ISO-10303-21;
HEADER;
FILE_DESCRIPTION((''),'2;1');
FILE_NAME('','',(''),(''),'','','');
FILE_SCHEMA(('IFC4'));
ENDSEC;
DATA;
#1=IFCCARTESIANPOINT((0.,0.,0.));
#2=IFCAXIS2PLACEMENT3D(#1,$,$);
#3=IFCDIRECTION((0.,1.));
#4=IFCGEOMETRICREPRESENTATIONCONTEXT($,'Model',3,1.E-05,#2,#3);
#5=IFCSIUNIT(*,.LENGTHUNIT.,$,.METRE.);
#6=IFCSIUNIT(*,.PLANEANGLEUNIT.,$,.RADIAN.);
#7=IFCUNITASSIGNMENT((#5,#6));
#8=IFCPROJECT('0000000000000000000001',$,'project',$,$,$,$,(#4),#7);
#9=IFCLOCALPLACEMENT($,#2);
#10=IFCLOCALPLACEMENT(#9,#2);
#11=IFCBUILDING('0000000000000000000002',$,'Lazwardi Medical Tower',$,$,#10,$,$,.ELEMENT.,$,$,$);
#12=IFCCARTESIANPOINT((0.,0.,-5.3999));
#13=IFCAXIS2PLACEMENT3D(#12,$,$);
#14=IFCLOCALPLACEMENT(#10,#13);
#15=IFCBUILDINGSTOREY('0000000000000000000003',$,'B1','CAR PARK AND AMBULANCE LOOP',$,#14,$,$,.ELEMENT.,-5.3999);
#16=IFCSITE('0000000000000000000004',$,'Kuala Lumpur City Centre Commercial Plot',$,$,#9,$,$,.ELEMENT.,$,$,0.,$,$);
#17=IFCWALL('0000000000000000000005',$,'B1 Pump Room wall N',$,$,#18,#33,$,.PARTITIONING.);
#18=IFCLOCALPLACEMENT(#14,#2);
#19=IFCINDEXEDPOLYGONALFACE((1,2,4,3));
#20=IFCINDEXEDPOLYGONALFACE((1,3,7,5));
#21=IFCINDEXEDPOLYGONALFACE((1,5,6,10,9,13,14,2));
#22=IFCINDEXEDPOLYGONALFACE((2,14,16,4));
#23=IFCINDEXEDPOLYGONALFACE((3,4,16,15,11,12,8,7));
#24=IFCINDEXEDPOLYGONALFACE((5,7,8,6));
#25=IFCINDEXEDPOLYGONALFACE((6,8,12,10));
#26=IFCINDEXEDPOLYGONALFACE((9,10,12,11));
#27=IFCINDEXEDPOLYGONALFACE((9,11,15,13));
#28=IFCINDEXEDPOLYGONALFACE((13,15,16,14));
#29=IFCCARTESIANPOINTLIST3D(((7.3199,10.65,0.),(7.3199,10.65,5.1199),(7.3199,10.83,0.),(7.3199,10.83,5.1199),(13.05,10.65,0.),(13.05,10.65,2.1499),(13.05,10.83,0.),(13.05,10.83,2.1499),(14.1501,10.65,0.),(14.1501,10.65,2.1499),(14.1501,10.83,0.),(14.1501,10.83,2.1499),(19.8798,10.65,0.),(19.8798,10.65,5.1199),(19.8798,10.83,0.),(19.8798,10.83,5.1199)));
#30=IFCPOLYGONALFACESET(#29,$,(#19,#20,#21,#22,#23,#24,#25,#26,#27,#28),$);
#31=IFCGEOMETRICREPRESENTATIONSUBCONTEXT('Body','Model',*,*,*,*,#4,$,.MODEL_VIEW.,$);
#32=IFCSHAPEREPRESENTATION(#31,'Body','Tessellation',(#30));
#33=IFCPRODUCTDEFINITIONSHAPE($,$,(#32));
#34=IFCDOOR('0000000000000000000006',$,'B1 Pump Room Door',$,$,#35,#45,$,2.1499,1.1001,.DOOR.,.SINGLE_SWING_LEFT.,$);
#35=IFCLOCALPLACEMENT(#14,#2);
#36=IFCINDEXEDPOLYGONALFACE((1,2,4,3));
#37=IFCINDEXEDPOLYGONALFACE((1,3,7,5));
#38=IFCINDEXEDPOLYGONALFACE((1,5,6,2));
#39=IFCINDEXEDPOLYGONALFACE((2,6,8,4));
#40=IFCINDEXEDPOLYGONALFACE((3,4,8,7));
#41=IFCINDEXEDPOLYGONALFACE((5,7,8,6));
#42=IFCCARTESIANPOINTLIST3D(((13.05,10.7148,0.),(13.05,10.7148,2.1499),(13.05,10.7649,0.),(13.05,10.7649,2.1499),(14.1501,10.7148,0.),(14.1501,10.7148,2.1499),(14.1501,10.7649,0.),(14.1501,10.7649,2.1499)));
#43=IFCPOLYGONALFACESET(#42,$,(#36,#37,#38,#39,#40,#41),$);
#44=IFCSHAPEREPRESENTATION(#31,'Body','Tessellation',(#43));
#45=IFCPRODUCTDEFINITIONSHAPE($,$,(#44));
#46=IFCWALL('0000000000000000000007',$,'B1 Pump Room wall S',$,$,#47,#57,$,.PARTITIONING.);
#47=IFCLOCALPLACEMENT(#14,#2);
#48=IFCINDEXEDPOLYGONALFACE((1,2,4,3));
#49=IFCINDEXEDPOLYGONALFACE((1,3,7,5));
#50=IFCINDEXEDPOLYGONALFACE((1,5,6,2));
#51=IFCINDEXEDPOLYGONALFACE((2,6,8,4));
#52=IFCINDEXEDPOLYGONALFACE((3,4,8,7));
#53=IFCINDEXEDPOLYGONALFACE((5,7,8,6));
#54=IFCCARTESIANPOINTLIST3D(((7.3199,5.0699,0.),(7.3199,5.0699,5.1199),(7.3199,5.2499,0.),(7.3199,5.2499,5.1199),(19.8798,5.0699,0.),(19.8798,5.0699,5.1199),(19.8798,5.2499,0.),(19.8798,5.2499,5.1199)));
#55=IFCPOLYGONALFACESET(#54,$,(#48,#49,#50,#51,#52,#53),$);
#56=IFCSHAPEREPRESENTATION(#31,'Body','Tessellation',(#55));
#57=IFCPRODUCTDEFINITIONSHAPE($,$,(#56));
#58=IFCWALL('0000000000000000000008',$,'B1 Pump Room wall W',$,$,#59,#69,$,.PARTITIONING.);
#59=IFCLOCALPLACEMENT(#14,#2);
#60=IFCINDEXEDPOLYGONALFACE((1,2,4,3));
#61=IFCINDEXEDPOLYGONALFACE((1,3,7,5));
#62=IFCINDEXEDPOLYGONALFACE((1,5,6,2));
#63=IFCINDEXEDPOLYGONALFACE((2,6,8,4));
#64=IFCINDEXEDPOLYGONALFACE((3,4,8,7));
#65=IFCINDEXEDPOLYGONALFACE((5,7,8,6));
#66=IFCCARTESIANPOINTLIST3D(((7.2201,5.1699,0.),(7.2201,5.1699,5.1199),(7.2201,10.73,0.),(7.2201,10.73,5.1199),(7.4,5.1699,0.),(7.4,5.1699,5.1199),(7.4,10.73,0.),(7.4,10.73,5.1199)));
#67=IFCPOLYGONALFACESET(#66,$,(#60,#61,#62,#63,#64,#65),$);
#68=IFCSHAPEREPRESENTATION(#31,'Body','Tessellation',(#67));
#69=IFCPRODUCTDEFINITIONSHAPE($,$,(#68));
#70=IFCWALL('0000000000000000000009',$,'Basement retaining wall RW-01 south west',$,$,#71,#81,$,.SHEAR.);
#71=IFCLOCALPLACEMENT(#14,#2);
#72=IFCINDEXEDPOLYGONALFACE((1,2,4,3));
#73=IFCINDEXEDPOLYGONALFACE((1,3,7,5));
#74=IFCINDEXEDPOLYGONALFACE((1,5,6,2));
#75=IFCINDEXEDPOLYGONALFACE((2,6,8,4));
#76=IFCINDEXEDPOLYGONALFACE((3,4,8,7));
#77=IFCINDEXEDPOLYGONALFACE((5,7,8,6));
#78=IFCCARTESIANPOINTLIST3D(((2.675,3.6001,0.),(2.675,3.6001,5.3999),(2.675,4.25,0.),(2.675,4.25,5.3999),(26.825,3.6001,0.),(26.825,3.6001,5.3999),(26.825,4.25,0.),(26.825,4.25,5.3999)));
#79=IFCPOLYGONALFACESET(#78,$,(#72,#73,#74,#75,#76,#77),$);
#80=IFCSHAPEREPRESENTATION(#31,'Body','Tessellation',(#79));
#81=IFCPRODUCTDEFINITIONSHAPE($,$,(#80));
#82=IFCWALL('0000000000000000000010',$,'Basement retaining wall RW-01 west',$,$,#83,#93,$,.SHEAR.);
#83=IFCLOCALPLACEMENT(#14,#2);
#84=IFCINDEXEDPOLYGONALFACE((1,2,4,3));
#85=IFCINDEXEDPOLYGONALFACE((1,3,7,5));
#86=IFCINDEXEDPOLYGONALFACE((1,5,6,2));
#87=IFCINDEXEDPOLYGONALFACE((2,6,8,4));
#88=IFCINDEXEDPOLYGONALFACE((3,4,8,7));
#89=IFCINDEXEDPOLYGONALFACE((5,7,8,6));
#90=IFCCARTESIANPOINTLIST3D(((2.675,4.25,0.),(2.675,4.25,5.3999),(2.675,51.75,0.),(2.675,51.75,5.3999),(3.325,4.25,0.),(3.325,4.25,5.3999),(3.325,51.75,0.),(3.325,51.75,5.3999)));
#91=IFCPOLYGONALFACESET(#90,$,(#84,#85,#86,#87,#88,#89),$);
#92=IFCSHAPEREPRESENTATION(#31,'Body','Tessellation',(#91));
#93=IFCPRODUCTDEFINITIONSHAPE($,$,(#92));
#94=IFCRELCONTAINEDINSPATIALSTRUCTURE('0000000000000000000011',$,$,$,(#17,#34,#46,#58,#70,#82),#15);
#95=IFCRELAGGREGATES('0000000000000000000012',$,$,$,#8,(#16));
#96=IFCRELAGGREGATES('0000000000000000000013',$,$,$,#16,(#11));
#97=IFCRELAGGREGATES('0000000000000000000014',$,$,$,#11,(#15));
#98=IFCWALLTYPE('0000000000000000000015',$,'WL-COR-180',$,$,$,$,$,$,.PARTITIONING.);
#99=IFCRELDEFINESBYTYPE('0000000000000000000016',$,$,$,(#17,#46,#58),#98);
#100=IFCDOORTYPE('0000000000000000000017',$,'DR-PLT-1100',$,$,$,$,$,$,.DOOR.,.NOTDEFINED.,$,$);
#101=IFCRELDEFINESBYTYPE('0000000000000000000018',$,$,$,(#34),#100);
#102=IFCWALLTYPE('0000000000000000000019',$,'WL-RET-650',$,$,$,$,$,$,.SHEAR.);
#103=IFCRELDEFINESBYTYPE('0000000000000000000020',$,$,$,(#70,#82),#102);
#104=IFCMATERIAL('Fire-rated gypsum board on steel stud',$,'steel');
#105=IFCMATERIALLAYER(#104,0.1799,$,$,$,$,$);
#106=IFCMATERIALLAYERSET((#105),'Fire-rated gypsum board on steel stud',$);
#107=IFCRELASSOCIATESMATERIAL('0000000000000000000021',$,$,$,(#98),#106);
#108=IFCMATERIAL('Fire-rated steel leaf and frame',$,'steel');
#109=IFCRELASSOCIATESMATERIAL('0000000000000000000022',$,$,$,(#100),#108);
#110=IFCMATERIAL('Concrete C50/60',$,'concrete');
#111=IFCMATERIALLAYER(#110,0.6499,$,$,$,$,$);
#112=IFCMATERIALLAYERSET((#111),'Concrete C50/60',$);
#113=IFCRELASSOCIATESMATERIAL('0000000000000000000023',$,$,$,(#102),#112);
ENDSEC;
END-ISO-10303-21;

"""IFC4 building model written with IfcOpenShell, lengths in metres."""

from ifc_helpers import new_model, si_unit, direction, frame, frame_2d, origin, place, context, subcontext, project, spatial, rectangle, extrude, material, layer, layer_set, type_object, element, fill, save


model = new_model("IFC4")

# Units and contexts
model_context = context("Model", 3, precision=1e-05, world=origin(), true_north=direction((0.0, 1.0)))
body_context = subcontext(model_context, "Body", "Model", "MODEL_VIEW")
ifc_project = project(units=[si_unit("LENGTHUNIT", "METRE"), si_unit("PLANEANGLEUNIT", "RADIAN")], contexts=[model_context])

# Site, building, storey
site_placement = place(None, origin())
site = spatial("IfcSite", under=ifc_project, at=site_placement, Name="Kuala Lumpur City Centre Commercial Plot", CompositionType="ELEMENT", RefElevation=0.0)
building_placement = place(site_placement, origin())
building = spatial("IfcBuilding", under=site, at=building_placement, Name="Lazwardi Medical Tower", CompositionType="ELEMENT")
storey_placement = place(building_placement, frame((0.0, 0.0, -5.3999)))
storey = spatial("IfcBuildingStorey", under=building, at=storey_placement, Name="B1", Description="CAR PARK AND AMBULANCE LOOP", CompositionType="ELEMENT", Elevation=-5.3999)

# Shared definitions
ifc_material_1 = material(Name="Concrete C50/60", Category="concrete")

# Wall, opening, door
ifc_material_2 = material(Name="Fire-rated gypsum board on steel stud", Category="steel")
ifc_layer_1 = layer(ifc_material_2, 0.1799)
ifc_layer_set_1 = layer_set([ifc_layer_1], Name="Fire-rated gypsum board on steel stud")
wall_type_1 = type_object("IfcWallType", Name="WL-COR-180", PredefinedType="PARTITIONING", material=ifc_layer_set_1)
wall_1_placement = place(storey_placement, frame((7.3201, 10.74, 0.0), z_axis=(0.0, 0.0, 1.0), x_axis=(1.0, 0.0, 0.0)))
wall_1 = element("IfcWall", 1, at=wall_1_placement, inside=storey, type_object=wall_type_1, Name="B1 Pump Room wall N", PredefinedType="PARTITIONING", context=body_context, shape_type="SweptSolid", body=[
    extrude(rectangle(XDim=12.5598, YDim=0.1799, at=frame_2d((6.2798, 0.0))), origin(), (0.0, 0.0, 1.0), 5.1199),
])
opening_placement = place(wall_1_placement, frame((5.73, 0.0, 0.0)))
opening = element("IfcOpeningElement", 2, at=opening_placement, cuts=wall_1, PredefinedType="OPENING", context=body_context, shape_type="SweptSolid", body=[
    extrude(rectangle(XDim=1.1001, YDim=2.1499, at=frame_2d((0.55, 1.075))), frame((0.0, 0.0999, 0.0), z_axis=(0.0, -1.0, 0.0), x_axis=(1.0, 0.0, 0.0)), (0.0, 0.0, 1.0), 0.2),
])
ifc_material_3 = material(Name="Fire-rated steel leaf and frame", Category="steel")
door_type = type_object("IfcDoorType", Name="DR-PLT-1100", OperationType="NOTDEFINED", PredefinedType="DOOR", material=ifc_material_3)
door_placement = place(opening_placement, origin())
door = element("IfcDoor", 3, at=door_placement, inside=storey, type_object=door_type, Name="B1 Pump Room Door", OperationType="SINGLE_SWING_LEFT", OverallHeight=2.1499, OverallWidth=1.1001, PredefinedType="DOOR", context=body_context, shape_type="SweptSolid", body=[
    extrude(rectangle(XDim=1.1001, YDim=2.1499, at=frame_2d((0.55, 1.075))), frame((0.0, 0.0249, 0.0), z_axis=(0.0, -1.0, 0.0), x_axis=(1.0, 0.0, 0.0)), (0.0, 0.0, 1.0), 0.05),
])
fill(opening, door)

# Walls
wall_2_placement = place(storey_placement, frame((7.3201, 5.1599, 0.0), z_axis=(0.0, 0.0, 1.0), x_axis=(1.0, 0.0, 0.0)))
element("IfcWall", 4, at=wall_2_placement, inside=storey, type_object=wall_type_1, Name="B1 Pump Room wall S", PredefinedType="PARTITIONING", context=body_context, shape_type="SweptSolid", body=[
    extrude(rectangle(XDim=12.5598, YDim=0.1799, at=frame_2d((6.2798, 0.0))), origin(), (0.0, 0.0, 1.0), 5.1199),
])
wall_3_placement = place(storey_placement, frame((7.3101, 5.1699, 0.0), z_axis=(0.0, 0.0, 1.0), x_axis=(0.0, 1.0, 0.0)))
element("IfcWall", 5, at=wall_3_placement, inside=storey, type_object=wall_type_1, Name="B1 Pump Room wall W", PredefinedType="PARTITIONING", context=body_context, shape_type="SweptSolid", body=[
    extrude(rectangle(XDim=5.5601, YDim=0.1799, at=frame_2d((2.78, 0.0))), origin(), (0.0, 0.0, 1.0), 5.1199),
])
ifc_layer_2 = layer(ifc_material_1, 0.6499)
ifc_layer_set_2 = layer_set([ifc_layer_2], Name="Concrete C50/60")
wall_type_2 = type_object("IfcWallType", Name="WL-RET-650", PredefinedType="SHEAR", material=ifc_layer_set_2)
wall_4_placement = place(storey_placement, frame((2.675, 3.925, 0.0), z_axis=(0.0, 0.0, 1.0), x_axis=(1.0, 0.0, 0.0)))
element("IfcWall", 6, at=wall_4_placement, inside=storey, type_object=wall_type_2, Name="Basement retaining wall RW-01 south west", PredefinedType="SHEAR", context=body_context, shape_type="SweptSolid", body=[
    extrude(rectangle(XDim=24.1499, YDim=0.6499, at=frame_2d((12.075, 0.0))), origin(), (0.0, 0.0, 1.0), 5.3999),
])
wall_5_placement = place(storey_placement, frame((3.0, 4.25, 0.0), z_axis=(0.0, 0.0, 1.0), x_axis=(0.0, 1.0, 0.0)))
element("IfcWall", 7, at=wall_5_placement, inside=storey, type_object=wall_type_2, Name="Basement retaining wall RW-01 west", PredefinedType="SHEAR", context=body_context, shape_type="SweptSolid", body=[
    extrude(rectangle(XDim=47.5, YDim=0.6499, at=frame_2d((23.75, 0.0))), origin(), (0.0, 0.0, 1.0), 5.3999),
])

save(model, "model.ifc")
